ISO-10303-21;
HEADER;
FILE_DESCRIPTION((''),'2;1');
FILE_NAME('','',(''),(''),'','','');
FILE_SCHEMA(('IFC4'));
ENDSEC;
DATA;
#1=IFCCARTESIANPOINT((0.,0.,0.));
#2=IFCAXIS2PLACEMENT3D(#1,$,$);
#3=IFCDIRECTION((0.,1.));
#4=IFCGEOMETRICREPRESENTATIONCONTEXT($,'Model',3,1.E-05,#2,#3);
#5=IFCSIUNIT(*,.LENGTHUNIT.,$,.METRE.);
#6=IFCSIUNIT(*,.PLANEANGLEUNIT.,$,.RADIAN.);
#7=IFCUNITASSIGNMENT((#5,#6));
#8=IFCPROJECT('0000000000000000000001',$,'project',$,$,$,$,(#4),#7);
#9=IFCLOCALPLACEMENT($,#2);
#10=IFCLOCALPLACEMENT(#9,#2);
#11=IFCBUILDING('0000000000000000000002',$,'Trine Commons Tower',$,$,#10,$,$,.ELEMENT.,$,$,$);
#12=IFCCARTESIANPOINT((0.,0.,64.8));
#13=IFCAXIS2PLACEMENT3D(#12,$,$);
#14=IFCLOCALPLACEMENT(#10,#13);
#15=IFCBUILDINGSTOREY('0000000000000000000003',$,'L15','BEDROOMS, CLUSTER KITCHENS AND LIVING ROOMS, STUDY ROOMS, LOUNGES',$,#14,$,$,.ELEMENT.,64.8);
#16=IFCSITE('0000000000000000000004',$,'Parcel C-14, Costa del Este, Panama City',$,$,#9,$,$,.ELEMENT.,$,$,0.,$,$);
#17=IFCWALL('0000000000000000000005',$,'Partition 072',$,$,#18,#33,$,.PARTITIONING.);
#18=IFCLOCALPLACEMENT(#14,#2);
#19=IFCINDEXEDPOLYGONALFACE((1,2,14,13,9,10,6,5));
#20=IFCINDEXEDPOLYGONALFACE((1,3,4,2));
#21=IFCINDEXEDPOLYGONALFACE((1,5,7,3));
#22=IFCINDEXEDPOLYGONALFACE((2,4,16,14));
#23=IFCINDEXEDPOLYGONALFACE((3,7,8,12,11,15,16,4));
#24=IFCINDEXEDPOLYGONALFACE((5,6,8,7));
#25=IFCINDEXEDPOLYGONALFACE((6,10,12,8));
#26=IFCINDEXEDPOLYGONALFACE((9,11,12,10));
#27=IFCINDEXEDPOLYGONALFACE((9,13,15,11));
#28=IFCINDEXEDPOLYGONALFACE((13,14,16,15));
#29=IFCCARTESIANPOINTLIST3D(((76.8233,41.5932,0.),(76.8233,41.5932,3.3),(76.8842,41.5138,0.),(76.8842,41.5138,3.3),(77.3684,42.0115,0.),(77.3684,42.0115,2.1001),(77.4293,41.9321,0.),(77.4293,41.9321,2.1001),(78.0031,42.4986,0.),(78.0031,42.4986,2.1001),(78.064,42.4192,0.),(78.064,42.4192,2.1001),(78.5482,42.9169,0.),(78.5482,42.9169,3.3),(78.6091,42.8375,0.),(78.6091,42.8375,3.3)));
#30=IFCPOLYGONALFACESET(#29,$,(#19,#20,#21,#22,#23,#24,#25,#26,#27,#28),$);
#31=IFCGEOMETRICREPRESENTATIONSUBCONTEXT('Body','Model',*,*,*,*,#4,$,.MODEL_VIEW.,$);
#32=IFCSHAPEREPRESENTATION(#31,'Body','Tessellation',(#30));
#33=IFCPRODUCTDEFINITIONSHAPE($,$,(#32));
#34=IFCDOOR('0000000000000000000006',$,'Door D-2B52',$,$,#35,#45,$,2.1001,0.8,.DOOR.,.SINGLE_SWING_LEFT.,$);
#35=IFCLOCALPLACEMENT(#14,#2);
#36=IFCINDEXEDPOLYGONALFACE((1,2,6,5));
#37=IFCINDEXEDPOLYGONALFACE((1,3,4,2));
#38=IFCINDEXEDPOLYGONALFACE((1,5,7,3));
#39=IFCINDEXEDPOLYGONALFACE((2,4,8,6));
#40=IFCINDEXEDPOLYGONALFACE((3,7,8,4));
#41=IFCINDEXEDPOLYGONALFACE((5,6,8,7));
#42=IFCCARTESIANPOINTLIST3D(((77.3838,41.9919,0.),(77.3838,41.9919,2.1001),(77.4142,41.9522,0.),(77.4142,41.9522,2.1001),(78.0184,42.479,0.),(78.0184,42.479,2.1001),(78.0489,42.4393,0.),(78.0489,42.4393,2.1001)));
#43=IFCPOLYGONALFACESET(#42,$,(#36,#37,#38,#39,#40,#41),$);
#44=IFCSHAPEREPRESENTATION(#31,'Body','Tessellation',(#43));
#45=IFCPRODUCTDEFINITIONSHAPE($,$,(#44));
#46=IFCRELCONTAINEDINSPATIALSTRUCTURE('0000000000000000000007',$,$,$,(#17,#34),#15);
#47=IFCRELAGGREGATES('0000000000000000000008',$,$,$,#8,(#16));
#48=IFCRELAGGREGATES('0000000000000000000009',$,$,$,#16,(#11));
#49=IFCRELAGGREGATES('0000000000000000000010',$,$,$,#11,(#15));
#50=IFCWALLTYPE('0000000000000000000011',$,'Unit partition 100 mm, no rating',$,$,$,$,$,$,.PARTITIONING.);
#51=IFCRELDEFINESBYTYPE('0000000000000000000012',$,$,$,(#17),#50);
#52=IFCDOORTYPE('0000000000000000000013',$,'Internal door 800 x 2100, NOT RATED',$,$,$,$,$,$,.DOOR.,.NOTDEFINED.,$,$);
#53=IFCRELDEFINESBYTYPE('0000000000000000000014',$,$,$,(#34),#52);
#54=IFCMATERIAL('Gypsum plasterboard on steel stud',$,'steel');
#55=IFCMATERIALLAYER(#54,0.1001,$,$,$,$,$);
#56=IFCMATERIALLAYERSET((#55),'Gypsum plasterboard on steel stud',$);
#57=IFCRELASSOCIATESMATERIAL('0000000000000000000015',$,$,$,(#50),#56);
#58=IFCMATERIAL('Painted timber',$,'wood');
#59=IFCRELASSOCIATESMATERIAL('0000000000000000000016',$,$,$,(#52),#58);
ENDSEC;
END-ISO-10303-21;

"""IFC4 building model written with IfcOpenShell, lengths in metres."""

from ifc_helpers import new_model, si_unit, direction, frame, frame_2d, origin, place, context, subcontext, project, spatial, rectangle, extrude, material, layer, layer_set, type_object, element, fill, save


model = new_model("IFC4")

# Units and contexts
model_context = context("Model", 3, precision=1e-05, world=origin(), true_north=direction((0.0, 1.0)))
body_context = subcontext(model_context, "Body", "Model", "MODEL_VIEW")
ifc_project = project(units=[si_unit("LENGTHUNIT", "METRE"), si_unit("PLANEANGLEUNIT", "RADIAN")], contexts=[model_context])

# Site, building, storey
site_placement = place(None, origin())
site = spatial("IfcSite", under=ifc_project, at=site_placement, Name="Parcel C-14, Costa del Este, Panama City", CompositionType="ELEMENT", RefElevation=0.0)
building_placement = place(site_placement, origin())
building = spatial("IfcBuilding", under=site, at=building_placement, Name="Trine Commons Tower", CompositionType="ELEMENT")
storey_placement = place(building_placement, frame((0.0, 0.0, 64.8)))
storey = spatial("IfcBuildingStorey", under=building, at=storey_placement, Name="L15", Description="BEDROOMS, CLUSTER KITCHENS AND LIVING ROOMS, STUDY ROOMS, LOUNGES", CompositionType="ELEMENT", Elevation=64.8)

# Shared definitions
ifc_material_1 = material(Name="Gypsum plasterboard on steel stud", Category="steel")

# Shared definitions
ifc_layer_1 = layer(ifc_material_1, 0.1001)
ifc_layer_set_1 = layer_set([ifc_layer_1], Name="Gypsum plasterboard on steel stud")
wall_type_1 = type_object("IfcWallType", Name="Unit partition 100 mm, no rating", PredefinedType="PARTITIONING", material=ifc_layer_set_1)
ifc_material_2 = material(Name="Painted timber", Category="wood")
door_type_1 = type_object("IfcDoorType", Name="Internal door 800 x 2100, NOT RATED", OperationType="NOTDEFINED", PredefinedType="DOOR", material=ifc_material_2)

# Wall, opening, door
wall_1_placement = place(storey_placement, frame((76.8538, 41.5535, 0.0), z_axis=(0.0, 0.0, 1.0), x_axis=(0.793308, 0.60882, 0.0)))
wall_1 = element("IfcWall", 1, at=wall_1_placement, inside=storey, type_object=wall_type_1, Name="Partition 072", PredefinedType="PARTITIONING", context=body_context, shape_type="SweptSolid", body=[
    extrude(rectangle(XDim=2.1743, YDim=0.1001, at=frame_2d((1.0872, 0.0))), origin(), (0.0, 0.0, 1.0), 3.3),
])
opening_1_placement = place(wall_1_placement, frame((0.6873, 0.0, 0.0)))
opening_1 = element("IfcOpeningElement", 2, at=opening_1_placement, cuts=wall_1, PredefinedType="OPENING", context=body_context, shape_type="SweptSolid", body=[
    extrude(rectangle(XDim=0.8, YDim=2.1001, at=frame_2d((0.3999, 1.05))), frame((0.0, 0.0601, 0.0), z_axis=(0.0, -1.0, 0.0), x_axis=(1.0, 0.0, 0.0)), (0.0, 0.0, 1.0), 0.1201),
])
door_1_placement = place(opening_1_placement, frame((0.8, 0.0, 0.0), z_axis=(0.0, 0.0, 1.0), x_axis=(-1.0, 0.0, 0.0)))
door_1 = element("IfcDoor", 3, at=door_1_placement, inside=storey, type_object=door_type_1, Name="Door D-2B52", OperationType="SINGLE_SWING_LEFT", OverallHeight=2.1001, OverallWidth=0.8, PredefinedType="DOOR", context=body_context, shape_type="SweptSolid", body=[
    extrude(rectangle(XDim=0.8, YDim=2.1001, at=frame_2d((0.3999, 1.05))), frame((0.0, 0.0249, 0.0), z_axis=(0.0, -1.0, 0.0), x_axis=(1.0, 0.0, 0.0)), (0.0, 0.0, 1.0), 0.05),
])
fill(opening_1, door_1)

save(model, "model.ifc")
